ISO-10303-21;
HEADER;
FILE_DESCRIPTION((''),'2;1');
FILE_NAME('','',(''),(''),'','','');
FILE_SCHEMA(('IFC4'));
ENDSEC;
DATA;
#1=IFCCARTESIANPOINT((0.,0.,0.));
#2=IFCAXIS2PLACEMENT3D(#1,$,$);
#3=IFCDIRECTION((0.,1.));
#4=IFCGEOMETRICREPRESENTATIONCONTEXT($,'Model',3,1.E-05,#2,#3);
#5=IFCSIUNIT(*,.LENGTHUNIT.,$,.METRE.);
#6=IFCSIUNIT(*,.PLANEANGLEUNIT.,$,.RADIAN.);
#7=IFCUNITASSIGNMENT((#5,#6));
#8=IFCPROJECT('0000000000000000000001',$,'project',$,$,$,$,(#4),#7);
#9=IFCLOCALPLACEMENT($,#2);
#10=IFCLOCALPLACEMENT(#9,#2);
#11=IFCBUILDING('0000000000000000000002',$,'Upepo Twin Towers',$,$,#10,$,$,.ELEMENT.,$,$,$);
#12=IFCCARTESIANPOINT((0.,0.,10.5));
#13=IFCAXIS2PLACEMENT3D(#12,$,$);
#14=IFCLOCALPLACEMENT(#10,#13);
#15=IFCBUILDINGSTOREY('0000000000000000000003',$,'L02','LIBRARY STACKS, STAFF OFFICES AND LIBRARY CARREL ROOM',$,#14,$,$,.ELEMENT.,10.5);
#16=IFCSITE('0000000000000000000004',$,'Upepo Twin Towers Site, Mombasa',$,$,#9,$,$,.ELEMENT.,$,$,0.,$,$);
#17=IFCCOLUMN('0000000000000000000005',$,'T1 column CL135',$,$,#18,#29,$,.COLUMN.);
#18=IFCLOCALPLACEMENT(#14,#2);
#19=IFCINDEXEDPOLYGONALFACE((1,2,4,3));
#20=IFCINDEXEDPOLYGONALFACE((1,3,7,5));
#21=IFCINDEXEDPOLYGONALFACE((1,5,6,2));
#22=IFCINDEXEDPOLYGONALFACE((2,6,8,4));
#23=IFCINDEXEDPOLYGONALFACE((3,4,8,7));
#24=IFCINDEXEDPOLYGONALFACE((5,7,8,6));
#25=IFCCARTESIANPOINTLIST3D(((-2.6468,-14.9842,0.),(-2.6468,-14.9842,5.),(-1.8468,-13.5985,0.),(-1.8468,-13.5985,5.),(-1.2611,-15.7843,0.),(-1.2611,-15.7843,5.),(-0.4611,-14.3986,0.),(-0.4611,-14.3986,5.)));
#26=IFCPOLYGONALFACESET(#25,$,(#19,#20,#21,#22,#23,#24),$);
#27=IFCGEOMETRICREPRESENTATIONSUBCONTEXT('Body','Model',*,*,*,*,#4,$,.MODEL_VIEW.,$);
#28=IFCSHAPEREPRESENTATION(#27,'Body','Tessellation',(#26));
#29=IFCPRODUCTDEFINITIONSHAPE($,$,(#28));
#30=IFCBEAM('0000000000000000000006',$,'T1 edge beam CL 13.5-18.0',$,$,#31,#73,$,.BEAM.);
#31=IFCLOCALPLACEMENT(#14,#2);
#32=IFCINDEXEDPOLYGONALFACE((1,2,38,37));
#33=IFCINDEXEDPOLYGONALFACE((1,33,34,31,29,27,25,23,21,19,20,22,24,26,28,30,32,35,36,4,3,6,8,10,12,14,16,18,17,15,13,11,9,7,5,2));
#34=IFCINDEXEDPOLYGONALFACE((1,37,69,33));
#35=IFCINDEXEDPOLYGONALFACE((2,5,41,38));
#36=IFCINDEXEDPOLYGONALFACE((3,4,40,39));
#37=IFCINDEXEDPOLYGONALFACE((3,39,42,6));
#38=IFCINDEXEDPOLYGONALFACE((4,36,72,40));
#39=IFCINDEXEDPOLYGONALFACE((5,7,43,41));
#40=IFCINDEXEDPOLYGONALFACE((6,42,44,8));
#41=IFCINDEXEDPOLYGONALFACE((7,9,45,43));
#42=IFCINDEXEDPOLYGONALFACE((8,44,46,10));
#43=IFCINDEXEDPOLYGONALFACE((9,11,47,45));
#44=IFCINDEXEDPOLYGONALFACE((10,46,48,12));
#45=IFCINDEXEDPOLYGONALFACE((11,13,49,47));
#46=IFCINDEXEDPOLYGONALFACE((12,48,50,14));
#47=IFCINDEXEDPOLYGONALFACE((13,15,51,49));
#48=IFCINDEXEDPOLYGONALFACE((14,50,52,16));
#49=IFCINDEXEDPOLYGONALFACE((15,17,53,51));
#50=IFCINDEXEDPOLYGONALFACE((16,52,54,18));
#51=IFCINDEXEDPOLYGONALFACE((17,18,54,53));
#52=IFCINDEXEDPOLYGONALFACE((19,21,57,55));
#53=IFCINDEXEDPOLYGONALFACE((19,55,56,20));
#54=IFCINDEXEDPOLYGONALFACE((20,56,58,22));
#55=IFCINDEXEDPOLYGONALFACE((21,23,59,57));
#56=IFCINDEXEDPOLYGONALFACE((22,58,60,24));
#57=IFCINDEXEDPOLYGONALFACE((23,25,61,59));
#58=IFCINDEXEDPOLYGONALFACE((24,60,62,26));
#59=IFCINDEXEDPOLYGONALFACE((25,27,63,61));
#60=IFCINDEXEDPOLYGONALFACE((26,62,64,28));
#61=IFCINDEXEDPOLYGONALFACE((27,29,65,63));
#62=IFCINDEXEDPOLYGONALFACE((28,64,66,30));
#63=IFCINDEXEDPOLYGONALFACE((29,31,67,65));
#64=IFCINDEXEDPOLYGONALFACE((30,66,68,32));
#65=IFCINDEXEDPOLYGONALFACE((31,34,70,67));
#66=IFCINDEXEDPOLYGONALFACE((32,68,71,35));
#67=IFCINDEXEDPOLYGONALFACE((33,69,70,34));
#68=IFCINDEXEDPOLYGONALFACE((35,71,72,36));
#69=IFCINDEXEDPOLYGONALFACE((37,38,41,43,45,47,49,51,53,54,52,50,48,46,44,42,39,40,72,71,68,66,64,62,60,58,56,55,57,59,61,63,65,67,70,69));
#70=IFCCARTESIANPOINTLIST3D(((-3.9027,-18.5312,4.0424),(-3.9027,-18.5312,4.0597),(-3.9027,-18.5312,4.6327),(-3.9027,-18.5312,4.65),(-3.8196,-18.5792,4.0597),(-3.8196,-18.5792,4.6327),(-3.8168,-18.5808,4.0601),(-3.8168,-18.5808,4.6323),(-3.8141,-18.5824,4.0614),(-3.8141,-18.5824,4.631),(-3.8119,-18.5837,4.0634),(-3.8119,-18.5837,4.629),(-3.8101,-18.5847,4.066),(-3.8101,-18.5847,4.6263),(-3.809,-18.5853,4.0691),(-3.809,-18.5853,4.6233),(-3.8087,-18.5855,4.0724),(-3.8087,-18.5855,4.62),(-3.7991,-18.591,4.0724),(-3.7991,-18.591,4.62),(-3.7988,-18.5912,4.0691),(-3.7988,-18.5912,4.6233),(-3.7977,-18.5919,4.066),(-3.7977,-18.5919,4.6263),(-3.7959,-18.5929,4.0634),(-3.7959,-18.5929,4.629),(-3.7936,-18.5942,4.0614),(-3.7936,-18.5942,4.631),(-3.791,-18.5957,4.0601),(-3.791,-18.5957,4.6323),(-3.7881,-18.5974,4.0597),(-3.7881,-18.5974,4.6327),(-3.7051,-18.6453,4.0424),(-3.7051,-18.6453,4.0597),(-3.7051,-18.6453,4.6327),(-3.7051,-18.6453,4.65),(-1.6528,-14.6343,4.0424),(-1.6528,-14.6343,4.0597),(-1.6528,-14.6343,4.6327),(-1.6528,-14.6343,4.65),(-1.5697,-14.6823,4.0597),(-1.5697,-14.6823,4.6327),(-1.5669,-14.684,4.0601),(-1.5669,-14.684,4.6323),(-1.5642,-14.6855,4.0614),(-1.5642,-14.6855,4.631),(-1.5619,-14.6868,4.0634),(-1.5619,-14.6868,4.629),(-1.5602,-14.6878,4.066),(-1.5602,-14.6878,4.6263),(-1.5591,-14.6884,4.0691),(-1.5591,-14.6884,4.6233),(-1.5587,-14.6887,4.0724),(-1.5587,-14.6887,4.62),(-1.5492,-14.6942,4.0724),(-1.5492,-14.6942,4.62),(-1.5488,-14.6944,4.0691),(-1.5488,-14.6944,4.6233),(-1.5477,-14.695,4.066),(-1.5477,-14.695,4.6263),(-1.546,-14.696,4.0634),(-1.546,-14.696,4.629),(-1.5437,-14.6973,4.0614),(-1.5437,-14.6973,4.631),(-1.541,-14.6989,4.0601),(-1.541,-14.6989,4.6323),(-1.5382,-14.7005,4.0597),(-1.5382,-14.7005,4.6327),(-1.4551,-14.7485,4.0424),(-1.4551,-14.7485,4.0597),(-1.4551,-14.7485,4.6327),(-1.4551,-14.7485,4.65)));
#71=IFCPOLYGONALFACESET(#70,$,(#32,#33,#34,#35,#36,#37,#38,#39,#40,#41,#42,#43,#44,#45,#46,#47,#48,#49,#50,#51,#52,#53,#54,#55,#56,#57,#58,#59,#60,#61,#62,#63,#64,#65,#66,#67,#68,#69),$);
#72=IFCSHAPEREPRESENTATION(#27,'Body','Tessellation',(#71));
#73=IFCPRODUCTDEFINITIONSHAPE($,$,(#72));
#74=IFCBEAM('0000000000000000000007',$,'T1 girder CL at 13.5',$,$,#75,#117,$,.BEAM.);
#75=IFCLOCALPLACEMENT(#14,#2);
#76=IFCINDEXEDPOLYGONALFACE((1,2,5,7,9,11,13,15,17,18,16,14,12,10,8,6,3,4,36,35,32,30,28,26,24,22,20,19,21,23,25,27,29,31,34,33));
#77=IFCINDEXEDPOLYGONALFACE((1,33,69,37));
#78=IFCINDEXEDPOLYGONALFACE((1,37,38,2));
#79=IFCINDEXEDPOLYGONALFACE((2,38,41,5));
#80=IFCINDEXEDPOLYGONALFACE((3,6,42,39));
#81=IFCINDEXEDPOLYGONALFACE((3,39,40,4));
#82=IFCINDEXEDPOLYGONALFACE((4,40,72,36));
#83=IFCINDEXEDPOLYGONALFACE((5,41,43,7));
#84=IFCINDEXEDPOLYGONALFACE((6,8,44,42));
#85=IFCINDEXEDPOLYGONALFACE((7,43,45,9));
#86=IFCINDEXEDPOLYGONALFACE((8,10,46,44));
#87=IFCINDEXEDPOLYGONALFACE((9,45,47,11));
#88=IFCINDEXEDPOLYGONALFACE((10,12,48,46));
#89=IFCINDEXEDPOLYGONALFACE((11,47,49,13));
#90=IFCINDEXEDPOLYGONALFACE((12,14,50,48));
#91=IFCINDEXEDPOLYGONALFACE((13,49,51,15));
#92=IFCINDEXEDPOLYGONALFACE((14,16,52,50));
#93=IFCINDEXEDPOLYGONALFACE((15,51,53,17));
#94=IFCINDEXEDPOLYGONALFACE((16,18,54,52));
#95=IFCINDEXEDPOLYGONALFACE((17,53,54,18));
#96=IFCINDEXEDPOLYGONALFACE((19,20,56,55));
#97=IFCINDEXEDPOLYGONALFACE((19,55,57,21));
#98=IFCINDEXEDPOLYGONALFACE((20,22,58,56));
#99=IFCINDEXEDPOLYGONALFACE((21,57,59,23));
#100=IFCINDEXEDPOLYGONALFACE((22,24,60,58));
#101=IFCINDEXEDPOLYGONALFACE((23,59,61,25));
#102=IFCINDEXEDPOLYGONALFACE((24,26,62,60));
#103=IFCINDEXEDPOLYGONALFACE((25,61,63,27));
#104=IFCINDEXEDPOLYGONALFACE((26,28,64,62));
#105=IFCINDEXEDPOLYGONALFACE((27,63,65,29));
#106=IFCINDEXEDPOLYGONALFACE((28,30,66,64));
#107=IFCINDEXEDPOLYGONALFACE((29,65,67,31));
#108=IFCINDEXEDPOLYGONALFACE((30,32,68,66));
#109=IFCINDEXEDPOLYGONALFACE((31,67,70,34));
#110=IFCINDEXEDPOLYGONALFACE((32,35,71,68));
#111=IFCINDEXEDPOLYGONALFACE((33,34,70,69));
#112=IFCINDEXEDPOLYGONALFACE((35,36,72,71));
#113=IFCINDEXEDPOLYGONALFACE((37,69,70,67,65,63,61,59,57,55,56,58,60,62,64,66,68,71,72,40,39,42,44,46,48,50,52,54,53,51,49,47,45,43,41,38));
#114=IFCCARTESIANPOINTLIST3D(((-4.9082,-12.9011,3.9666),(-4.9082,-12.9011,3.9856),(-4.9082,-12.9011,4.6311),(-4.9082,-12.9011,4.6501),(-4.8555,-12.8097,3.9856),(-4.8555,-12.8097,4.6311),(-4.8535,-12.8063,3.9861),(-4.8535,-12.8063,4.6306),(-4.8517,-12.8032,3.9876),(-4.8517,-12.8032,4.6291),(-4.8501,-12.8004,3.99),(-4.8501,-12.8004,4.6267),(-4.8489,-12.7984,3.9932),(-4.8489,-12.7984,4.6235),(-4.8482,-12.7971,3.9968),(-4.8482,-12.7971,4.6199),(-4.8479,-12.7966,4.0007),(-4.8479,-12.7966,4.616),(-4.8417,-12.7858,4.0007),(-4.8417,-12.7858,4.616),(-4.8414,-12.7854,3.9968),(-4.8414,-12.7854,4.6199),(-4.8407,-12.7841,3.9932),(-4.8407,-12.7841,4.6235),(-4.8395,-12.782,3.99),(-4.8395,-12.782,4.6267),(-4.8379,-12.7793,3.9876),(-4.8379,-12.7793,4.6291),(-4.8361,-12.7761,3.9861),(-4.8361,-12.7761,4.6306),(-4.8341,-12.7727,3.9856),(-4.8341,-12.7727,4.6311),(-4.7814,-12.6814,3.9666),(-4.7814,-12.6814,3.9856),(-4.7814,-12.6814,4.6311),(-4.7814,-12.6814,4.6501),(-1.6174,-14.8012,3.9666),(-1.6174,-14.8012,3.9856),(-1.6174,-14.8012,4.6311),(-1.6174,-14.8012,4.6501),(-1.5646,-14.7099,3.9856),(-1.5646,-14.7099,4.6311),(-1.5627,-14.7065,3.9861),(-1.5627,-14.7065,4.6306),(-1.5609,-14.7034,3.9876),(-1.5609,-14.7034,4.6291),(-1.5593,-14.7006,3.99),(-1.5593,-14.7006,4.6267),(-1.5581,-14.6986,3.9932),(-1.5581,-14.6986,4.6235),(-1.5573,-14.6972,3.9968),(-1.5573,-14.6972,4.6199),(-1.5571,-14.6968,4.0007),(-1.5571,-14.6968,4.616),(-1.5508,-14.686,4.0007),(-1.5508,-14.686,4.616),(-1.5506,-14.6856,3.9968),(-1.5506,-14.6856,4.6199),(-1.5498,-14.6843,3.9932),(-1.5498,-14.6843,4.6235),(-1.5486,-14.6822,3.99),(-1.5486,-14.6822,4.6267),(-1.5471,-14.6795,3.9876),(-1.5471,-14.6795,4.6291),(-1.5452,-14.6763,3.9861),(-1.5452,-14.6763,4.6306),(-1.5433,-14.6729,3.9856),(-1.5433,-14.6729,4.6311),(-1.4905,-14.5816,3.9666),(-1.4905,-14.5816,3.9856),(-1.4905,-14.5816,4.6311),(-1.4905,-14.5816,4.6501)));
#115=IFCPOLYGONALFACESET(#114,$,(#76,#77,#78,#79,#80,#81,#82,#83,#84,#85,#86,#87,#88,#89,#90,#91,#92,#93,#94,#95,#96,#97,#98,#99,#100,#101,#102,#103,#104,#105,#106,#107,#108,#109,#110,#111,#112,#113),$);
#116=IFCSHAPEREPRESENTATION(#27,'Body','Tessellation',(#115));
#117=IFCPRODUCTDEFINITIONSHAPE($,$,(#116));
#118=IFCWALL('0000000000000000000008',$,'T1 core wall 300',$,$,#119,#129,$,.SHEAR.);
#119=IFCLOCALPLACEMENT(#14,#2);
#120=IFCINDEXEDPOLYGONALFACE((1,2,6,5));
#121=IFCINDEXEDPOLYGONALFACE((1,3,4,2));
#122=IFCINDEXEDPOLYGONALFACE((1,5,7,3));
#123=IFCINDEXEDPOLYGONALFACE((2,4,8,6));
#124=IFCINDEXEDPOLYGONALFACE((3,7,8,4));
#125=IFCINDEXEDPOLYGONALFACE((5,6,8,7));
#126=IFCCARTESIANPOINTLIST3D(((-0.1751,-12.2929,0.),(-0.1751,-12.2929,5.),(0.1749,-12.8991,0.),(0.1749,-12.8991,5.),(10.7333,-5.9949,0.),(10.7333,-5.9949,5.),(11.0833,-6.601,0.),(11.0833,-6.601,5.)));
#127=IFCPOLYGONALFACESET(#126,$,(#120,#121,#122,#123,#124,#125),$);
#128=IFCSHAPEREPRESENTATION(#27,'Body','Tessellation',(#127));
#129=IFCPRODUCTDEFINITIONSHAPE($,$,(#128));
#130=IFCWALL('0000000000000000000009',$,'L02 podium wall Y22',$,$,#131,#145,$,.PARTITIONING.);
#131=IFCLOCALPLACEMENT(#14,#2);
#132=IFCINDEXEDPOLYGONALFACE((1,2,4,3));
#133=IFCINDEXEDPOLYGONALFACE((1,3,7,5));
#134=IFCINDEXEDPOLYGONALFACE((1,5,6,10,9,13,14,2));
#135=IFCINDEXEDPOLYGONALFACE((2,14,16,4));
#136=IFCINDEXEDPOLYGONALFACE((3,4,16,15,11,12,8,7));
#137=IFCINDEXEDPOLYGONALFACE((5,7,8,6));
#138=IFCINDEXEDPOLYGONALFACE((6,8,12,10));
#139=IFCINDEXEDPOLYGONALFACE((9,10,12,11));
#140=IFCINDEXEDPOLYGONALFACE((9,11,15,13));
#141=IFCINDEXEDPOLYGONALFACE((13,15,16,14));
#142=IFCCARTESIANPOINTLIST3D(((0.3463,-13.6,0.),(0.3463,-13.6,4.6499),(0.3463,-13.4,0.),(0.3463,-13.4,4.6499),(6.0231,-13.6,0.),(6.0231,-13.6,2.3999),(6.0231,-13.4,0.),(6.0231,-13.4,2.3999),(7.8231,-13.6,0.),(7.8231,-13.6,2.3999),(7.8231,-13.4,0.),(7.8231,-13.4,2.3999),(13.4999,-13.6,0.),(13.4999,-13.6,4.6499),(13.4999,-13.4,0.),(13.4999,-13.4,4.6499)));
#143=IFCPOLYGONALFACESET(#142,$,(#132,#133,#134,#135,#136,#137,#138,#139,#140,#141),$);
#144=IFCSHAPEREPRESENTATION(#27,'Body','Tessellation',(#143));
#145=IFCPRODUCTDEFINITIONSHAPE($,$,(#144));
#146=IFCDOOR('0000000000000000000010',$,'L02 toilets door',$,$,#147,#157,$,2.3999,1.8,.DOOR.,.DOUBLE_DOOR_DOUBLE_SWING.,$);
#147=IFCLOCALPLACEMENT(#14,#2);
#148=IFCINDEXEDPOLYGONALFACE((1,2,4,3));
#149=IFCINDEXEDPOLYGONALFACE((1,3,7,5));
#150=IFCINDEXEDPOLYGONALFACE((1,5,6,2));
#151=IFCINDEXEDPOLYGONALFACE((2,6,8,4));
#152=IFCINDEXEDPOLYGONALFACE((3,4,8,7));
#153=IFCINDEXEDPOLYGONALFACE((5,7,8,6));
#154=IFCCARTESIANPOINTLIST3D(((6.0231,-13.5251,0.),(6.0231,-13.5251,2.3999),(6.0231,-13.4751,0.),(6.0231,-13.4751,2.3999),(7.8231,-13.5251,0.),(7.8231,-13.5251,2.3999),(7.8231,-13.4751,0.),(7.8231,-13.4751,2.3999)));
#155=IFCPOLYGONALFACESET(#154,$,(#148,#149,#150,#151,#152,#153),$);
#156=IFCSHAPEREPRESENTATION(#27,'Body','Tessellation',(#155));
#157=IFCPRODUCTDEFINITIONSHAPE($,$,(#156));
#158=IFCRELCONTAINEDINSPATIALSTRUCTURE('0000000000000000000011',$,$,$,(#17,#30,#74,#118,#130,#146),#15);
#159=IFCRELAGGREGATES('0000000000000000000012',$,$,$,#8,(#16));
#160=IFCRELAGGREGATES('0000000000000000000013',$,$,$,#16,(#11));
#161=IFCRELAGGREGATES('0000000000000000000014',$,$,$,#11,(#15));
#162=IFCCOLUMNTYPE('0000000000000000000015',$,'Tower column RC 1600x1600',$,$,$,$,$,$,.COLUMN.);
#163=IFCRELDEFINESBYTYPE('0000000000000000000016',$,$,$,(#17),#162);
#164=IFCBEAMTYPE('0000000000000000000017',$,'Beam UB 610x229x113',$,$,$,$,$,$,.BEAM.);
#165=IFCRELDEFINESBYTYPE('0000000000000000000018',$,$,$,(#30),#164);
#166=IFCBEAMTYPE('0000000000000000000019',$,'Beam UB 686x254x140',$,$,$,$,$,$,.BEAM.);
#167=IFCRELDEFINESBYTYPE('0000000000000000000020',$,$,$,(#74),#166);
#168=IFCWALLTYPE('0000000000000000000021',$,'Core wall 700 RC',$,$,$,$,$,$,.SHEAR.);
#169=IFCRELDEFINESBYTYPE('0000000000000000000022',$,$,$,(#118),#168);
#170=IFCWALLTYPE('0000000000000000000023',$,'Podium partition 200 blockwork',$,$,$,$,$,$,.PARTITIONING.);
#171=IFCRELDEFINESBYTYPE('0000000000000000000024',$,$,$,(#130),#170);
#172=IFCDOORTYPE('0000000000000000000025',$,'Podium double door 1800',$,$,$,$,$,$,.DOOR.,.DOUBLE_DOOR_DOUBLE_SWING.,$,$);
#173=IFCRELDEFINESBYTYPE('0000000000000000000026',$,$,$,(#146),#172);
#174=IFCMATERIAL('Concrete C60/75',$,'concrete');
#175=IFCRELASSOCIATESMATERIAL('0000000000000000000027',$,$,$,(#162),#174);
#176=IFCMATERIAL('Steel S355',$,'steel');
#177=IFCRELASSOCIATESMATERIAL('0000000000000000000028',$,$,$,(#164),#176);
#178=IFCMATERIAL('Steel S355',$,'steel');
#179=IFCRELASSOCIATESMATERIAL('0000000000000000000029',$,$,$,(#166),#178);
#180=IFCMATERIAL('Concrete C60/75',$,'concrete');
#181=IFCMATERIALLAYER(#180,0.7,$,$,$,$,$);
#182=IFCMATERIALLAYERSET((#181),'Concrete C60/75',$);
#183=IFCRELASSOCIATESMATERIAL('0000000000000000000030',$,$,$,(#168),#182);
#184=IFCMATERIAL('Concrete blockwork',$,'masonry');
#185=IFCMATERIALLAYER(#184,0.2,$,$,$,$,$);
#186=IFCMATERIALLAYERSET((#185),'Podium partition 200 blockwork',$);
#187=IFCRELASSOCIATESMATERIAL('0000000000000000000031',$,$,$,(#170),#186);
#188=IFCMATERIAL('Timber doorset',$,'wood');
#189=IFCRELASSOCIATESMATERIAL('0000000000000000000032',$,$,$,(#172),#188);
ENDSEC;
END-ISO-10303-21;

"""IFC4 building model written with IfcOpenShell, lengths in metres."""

from ifc_helpers import new_model, si_unit, direction, frame, frame_2d, origin, origin_2d, place, context, subcontext, project, spatial, rectangle, i_section, extrude, material, layer, layer_set, material_profile, profile_set, type_object, element, fill, save


model = new_model("IFC4")

# Units and contexts
model_context = context("Model", 3, precision=1e-05, world=origin(), true_north=direction((0.0, 1.0)))
body_context = subcontext(model_context, "Body", "Model", "MODEL_VIEW")
ifc_project = project(units=[si_unit("LENGTHUNIT", "METRE"), si_unit("PLANEANGLEUNIT", "RADIAN")], contexts=[model_context])

# Site, building, storey
site_placement = place(None, origin())
site = spatial("IfcSite", under=ifc_project, at=site_placement, Name="Upepo Twin Towers Site, Mombasa", CompositionType="ELEMENT", RefElevation=0.0)
building_placement = place(site_placement, origin())
building = spatial("IfcBuilding", under=site, at=building_placement, Name="Upepo Twin Towers", CompositionType="ELEMENT")
storey_placement = place(building_placement, frame((0.0, 0.0, 10.5)))
storey = spatial("IfcBuildingStorey", under=building, at=storey_placement, Name="L02", Description="LIBRARY STACKS, STAFF OFFICES AND LIBRARY CARREL ROOM", CompositionType="ELEMENT", Elevation=10.5)

# Column
ifc_material_1 = material(Name="Concrete C60/75", Category="concrete")
ifc_material_profile_1 = material_profile(ifc_material_1, rectangle(XDim=1.6001, YDim=1.6001, at=origin_2d()), Name="RC 1600x1600")
ifc_profile_set_1 = profile_set([ifc_material_profile_1], Name="Concrete C60/75")
column_type = type_object("IfcColumnType", Name="Tower column RC 1600x1600", PredefinedType="COLUMN", material=ifc_profile_set_1)
column_placement = place(storey_placement, frame((-1.554, -14.6914, 0.0), z_axis=(0.0, 0.0, 1.0), x_axis=(0.5, 0.866025, 0.0)))
element("IfcColumn", 1, at=column_placement, inside=storey, type_object=column_type, Name="T1 column CL135", PredefinedType="COLUMN", context=body_context, shape_type="SweptSolid", body=[
    extrude(rectangle(XDim=1.6001, YDim=1.6001, at=origin_2d()), origin(), (0.0, 0.0, 1.0), 5.0),
])

# Beams
ifc_material_2 = material(Name="Steel S355", Category="steel")
ifc_material_profile_2 = material_profile(ifc_material_2, i_section(OverallWidth=0.2283, OverallDepth=0.6077, WebThickness=0.011, FlangeThickness=0.0173, FilletRadius=0.0127, at=origin_2d()), Name="UB 610x229x113")
ifc_profile_set_2 = profile_set([ifc_material_profile_2], Name="Steel S355")
beam_type_1 = type_object("IfcBeamType", Name="Beam UB 610x229x113", PredefinedType="BEAM", material=ifc_profile_set_2)
beam_1_placement = place(storey_placement, frame((-1.554, -14.6914, 4.3462), z_axis=(-0.500014, -0.866018, 0.0), x_axis=(0.866018, -0.500014, 0.0)))
element("IfcBeam", 2, at=beam_1_placement, inside=storey, type_object=beam_type_1, Name="T1 edge beam CL 13.5-18.0", PredefinedType="BEAM", context=body_context, shape_type="SweptSolid", body=[
    extrude(i_section(OverallWidth=0.2283, OverallDepth=0.6077, WebThickness=0.011, FlangeThickness=0.0173, FilletRadius=0.0127, at=origin_2d()), origin(), (0.0, 0.0, 1.0), 4.4998),
])
ifc_material_3 = material(Name="Steel S355", Category="steel")
ifc_material_profile_3 = material_profile(ifc_material_3, i_section(OverallWidth=0.2537, OverallDepth=0.6836, WebThickness=0.0125, FlangeThickness=0.019, FilletRadius=0.0151, at=origin_2d()), Name="UB 686x254x140")
ifc_profile_set_3 = profile_set([ifc_material_profile_3], Name="Steel S355")
beam_type_2 = type_object("IfcBeamType", Name="Beam UB 686x254x140", PredefinedType="BEAM", material=ifc_profile_set_3)
beam_2_placement = place(storey_placement, frame((-1.554, -14.6914, 4.3083), z_axis=(-0.866, 0.500043, 0.0), x_axis=(-0.500043, -0.866, 0.0)))
element("IfcBeam", 3, at=beam_2_placement, inside=storey, type_object=beam_type_2, Name="T1 girder CL at 13.5", PredefinedType="BEAM", context=body_context, shape_type="SweptSolid", body=[
    extrude(i_section(OverallWidth=0.2537, OverallDepth=0.6836, WebThickness=0.0125, FlangeThickness=0.019, FilletRadius=0.0151, at=origin_2d()), origin(), (0.0, 0.0, 1.0), 3.8),
])

# Wall
ifc_material_4 = material(Name="Concrete C60/75", Category="concrete")
ifc_layer_1 = layer(ifc_material_4, 0.7)
ifc_layer_set_1 = layer_set([ifc_layer_1], Name="Concrete C60/75")
wall_type_1 = type_object("IfcWallType", Name="Core wall 700 RC", PredefinedType="SHEAR", material=ifc_layer_set_1)
wall_1_placement = place(storey_placement, frame((0.0, -12.5959, 0.0), z_axis=(0.0, 0.0, 1.0), x_axis=(0.866022, 0.500006, 0.0)))
element("IfcWall", 4, at=wall_1_placement, inside=storey, type_object=wall_type_1, Name="T1 core wall 300", PredefinedType="SHEAR", context=body_context, shape_type="SweptSolid", body=[
    extrude(rectangle(XDim=12.5959, YDim=0.7, at=frame_2d((6.2979, 0.0))), origin(), (0.0, 0.0, 1.0), 5.0),
])

# Wall, opening, door
ifc_material_5 = material(Name="Concrete blockwork", Category="masonry")
ifc_layer_2 = layer(ifc_material_5, 0.2)
ifc_layer_set_2 = layer_set([ifc_layer_2], Name="Podium partition 200 blockwork")
wall_type_2 = type_object("IfcWallType", Name="Podium partition 200 blockwork", PredefinedType="PARTITIONING", material=ifc_layer_set_2)
wall_2_placement = place(storey_placement, frame((0.3464, -13.5, 0.0), z_axis=(0.0, 0.0, 1.0), x_axis=(1.0, 0.0, 0.0)))
wall_2 = element("IfcWall", 5, at=wall_2_placement, inside=storey, type_object=wall_type_2, Name="L02 podium wall Y22", PredefinedType="PARTITIONING", context=body_context, shape_type="SweptSolid", body=[
    extrude(rectangle(XDim=13.1536, YDim=0.2, at=frame_2d((6.5767, 0.0))), origin(), (0.0, 0.0, 1.0), 4.6499),
])
opening_1_placement = place(wall_2_placement, frame((5.6768, 0.0, 0.0)))
opening_1 = element("IfcOpeningElement", 6, at=opening_1_placement, cuts=wall_2, PredefinedType="OPENING", context=body_context, shape_type="SweptSolid", body=[
    extrude(rectangle(XDim=1.8, YDim=2.3999, at=frame_2d((0.8999, 1.2))), frame((0.0, 0.1099, 0.0), z_axis=(0.0, -1.0, 0.0), x_axis=(1.0, 0.0, 0.0)), (0.0, 0.0, 1.0), 0.22),
])
ifc_material_6 = material(Name="Timber doorset", Category="wood")
door_type_1 = type_object("IfcDoorType", Name="Podium double door 1800", OperationType="DOUBLE_DOOR_DOUBLE_SWING", PredefinedType="DOOR", material=ifc_material_6)
door_1_placement = place(opening_1_placement, origin())
door_1 = element("IfcDoor", 7, at=door_1_placement, inside=storey, type_object=door_type_1, Name="L02 toilets door", OperationType="DOUBLE_DOOR_DOUBLE_SWING", OverallHeight=2.3999, OverallWidth=1.8, PredefinedType="DOOR", context=body_context, shape_type="SweptSolid", body=[
    extrude(rectangle(XDim=1.8, YDim=2.3999, at=frame_2d((0.8999, 1.2))), frame((0.0, 0.0249, 0.0), z_axis=(0.0, -1.0, 0.0), x_axis=(1.0, 0.0, 0.0)), (0.0, 0.0, 1.0), 0.05),
])
fill(opening_1, door_1)

save(model, "model.ifc")
